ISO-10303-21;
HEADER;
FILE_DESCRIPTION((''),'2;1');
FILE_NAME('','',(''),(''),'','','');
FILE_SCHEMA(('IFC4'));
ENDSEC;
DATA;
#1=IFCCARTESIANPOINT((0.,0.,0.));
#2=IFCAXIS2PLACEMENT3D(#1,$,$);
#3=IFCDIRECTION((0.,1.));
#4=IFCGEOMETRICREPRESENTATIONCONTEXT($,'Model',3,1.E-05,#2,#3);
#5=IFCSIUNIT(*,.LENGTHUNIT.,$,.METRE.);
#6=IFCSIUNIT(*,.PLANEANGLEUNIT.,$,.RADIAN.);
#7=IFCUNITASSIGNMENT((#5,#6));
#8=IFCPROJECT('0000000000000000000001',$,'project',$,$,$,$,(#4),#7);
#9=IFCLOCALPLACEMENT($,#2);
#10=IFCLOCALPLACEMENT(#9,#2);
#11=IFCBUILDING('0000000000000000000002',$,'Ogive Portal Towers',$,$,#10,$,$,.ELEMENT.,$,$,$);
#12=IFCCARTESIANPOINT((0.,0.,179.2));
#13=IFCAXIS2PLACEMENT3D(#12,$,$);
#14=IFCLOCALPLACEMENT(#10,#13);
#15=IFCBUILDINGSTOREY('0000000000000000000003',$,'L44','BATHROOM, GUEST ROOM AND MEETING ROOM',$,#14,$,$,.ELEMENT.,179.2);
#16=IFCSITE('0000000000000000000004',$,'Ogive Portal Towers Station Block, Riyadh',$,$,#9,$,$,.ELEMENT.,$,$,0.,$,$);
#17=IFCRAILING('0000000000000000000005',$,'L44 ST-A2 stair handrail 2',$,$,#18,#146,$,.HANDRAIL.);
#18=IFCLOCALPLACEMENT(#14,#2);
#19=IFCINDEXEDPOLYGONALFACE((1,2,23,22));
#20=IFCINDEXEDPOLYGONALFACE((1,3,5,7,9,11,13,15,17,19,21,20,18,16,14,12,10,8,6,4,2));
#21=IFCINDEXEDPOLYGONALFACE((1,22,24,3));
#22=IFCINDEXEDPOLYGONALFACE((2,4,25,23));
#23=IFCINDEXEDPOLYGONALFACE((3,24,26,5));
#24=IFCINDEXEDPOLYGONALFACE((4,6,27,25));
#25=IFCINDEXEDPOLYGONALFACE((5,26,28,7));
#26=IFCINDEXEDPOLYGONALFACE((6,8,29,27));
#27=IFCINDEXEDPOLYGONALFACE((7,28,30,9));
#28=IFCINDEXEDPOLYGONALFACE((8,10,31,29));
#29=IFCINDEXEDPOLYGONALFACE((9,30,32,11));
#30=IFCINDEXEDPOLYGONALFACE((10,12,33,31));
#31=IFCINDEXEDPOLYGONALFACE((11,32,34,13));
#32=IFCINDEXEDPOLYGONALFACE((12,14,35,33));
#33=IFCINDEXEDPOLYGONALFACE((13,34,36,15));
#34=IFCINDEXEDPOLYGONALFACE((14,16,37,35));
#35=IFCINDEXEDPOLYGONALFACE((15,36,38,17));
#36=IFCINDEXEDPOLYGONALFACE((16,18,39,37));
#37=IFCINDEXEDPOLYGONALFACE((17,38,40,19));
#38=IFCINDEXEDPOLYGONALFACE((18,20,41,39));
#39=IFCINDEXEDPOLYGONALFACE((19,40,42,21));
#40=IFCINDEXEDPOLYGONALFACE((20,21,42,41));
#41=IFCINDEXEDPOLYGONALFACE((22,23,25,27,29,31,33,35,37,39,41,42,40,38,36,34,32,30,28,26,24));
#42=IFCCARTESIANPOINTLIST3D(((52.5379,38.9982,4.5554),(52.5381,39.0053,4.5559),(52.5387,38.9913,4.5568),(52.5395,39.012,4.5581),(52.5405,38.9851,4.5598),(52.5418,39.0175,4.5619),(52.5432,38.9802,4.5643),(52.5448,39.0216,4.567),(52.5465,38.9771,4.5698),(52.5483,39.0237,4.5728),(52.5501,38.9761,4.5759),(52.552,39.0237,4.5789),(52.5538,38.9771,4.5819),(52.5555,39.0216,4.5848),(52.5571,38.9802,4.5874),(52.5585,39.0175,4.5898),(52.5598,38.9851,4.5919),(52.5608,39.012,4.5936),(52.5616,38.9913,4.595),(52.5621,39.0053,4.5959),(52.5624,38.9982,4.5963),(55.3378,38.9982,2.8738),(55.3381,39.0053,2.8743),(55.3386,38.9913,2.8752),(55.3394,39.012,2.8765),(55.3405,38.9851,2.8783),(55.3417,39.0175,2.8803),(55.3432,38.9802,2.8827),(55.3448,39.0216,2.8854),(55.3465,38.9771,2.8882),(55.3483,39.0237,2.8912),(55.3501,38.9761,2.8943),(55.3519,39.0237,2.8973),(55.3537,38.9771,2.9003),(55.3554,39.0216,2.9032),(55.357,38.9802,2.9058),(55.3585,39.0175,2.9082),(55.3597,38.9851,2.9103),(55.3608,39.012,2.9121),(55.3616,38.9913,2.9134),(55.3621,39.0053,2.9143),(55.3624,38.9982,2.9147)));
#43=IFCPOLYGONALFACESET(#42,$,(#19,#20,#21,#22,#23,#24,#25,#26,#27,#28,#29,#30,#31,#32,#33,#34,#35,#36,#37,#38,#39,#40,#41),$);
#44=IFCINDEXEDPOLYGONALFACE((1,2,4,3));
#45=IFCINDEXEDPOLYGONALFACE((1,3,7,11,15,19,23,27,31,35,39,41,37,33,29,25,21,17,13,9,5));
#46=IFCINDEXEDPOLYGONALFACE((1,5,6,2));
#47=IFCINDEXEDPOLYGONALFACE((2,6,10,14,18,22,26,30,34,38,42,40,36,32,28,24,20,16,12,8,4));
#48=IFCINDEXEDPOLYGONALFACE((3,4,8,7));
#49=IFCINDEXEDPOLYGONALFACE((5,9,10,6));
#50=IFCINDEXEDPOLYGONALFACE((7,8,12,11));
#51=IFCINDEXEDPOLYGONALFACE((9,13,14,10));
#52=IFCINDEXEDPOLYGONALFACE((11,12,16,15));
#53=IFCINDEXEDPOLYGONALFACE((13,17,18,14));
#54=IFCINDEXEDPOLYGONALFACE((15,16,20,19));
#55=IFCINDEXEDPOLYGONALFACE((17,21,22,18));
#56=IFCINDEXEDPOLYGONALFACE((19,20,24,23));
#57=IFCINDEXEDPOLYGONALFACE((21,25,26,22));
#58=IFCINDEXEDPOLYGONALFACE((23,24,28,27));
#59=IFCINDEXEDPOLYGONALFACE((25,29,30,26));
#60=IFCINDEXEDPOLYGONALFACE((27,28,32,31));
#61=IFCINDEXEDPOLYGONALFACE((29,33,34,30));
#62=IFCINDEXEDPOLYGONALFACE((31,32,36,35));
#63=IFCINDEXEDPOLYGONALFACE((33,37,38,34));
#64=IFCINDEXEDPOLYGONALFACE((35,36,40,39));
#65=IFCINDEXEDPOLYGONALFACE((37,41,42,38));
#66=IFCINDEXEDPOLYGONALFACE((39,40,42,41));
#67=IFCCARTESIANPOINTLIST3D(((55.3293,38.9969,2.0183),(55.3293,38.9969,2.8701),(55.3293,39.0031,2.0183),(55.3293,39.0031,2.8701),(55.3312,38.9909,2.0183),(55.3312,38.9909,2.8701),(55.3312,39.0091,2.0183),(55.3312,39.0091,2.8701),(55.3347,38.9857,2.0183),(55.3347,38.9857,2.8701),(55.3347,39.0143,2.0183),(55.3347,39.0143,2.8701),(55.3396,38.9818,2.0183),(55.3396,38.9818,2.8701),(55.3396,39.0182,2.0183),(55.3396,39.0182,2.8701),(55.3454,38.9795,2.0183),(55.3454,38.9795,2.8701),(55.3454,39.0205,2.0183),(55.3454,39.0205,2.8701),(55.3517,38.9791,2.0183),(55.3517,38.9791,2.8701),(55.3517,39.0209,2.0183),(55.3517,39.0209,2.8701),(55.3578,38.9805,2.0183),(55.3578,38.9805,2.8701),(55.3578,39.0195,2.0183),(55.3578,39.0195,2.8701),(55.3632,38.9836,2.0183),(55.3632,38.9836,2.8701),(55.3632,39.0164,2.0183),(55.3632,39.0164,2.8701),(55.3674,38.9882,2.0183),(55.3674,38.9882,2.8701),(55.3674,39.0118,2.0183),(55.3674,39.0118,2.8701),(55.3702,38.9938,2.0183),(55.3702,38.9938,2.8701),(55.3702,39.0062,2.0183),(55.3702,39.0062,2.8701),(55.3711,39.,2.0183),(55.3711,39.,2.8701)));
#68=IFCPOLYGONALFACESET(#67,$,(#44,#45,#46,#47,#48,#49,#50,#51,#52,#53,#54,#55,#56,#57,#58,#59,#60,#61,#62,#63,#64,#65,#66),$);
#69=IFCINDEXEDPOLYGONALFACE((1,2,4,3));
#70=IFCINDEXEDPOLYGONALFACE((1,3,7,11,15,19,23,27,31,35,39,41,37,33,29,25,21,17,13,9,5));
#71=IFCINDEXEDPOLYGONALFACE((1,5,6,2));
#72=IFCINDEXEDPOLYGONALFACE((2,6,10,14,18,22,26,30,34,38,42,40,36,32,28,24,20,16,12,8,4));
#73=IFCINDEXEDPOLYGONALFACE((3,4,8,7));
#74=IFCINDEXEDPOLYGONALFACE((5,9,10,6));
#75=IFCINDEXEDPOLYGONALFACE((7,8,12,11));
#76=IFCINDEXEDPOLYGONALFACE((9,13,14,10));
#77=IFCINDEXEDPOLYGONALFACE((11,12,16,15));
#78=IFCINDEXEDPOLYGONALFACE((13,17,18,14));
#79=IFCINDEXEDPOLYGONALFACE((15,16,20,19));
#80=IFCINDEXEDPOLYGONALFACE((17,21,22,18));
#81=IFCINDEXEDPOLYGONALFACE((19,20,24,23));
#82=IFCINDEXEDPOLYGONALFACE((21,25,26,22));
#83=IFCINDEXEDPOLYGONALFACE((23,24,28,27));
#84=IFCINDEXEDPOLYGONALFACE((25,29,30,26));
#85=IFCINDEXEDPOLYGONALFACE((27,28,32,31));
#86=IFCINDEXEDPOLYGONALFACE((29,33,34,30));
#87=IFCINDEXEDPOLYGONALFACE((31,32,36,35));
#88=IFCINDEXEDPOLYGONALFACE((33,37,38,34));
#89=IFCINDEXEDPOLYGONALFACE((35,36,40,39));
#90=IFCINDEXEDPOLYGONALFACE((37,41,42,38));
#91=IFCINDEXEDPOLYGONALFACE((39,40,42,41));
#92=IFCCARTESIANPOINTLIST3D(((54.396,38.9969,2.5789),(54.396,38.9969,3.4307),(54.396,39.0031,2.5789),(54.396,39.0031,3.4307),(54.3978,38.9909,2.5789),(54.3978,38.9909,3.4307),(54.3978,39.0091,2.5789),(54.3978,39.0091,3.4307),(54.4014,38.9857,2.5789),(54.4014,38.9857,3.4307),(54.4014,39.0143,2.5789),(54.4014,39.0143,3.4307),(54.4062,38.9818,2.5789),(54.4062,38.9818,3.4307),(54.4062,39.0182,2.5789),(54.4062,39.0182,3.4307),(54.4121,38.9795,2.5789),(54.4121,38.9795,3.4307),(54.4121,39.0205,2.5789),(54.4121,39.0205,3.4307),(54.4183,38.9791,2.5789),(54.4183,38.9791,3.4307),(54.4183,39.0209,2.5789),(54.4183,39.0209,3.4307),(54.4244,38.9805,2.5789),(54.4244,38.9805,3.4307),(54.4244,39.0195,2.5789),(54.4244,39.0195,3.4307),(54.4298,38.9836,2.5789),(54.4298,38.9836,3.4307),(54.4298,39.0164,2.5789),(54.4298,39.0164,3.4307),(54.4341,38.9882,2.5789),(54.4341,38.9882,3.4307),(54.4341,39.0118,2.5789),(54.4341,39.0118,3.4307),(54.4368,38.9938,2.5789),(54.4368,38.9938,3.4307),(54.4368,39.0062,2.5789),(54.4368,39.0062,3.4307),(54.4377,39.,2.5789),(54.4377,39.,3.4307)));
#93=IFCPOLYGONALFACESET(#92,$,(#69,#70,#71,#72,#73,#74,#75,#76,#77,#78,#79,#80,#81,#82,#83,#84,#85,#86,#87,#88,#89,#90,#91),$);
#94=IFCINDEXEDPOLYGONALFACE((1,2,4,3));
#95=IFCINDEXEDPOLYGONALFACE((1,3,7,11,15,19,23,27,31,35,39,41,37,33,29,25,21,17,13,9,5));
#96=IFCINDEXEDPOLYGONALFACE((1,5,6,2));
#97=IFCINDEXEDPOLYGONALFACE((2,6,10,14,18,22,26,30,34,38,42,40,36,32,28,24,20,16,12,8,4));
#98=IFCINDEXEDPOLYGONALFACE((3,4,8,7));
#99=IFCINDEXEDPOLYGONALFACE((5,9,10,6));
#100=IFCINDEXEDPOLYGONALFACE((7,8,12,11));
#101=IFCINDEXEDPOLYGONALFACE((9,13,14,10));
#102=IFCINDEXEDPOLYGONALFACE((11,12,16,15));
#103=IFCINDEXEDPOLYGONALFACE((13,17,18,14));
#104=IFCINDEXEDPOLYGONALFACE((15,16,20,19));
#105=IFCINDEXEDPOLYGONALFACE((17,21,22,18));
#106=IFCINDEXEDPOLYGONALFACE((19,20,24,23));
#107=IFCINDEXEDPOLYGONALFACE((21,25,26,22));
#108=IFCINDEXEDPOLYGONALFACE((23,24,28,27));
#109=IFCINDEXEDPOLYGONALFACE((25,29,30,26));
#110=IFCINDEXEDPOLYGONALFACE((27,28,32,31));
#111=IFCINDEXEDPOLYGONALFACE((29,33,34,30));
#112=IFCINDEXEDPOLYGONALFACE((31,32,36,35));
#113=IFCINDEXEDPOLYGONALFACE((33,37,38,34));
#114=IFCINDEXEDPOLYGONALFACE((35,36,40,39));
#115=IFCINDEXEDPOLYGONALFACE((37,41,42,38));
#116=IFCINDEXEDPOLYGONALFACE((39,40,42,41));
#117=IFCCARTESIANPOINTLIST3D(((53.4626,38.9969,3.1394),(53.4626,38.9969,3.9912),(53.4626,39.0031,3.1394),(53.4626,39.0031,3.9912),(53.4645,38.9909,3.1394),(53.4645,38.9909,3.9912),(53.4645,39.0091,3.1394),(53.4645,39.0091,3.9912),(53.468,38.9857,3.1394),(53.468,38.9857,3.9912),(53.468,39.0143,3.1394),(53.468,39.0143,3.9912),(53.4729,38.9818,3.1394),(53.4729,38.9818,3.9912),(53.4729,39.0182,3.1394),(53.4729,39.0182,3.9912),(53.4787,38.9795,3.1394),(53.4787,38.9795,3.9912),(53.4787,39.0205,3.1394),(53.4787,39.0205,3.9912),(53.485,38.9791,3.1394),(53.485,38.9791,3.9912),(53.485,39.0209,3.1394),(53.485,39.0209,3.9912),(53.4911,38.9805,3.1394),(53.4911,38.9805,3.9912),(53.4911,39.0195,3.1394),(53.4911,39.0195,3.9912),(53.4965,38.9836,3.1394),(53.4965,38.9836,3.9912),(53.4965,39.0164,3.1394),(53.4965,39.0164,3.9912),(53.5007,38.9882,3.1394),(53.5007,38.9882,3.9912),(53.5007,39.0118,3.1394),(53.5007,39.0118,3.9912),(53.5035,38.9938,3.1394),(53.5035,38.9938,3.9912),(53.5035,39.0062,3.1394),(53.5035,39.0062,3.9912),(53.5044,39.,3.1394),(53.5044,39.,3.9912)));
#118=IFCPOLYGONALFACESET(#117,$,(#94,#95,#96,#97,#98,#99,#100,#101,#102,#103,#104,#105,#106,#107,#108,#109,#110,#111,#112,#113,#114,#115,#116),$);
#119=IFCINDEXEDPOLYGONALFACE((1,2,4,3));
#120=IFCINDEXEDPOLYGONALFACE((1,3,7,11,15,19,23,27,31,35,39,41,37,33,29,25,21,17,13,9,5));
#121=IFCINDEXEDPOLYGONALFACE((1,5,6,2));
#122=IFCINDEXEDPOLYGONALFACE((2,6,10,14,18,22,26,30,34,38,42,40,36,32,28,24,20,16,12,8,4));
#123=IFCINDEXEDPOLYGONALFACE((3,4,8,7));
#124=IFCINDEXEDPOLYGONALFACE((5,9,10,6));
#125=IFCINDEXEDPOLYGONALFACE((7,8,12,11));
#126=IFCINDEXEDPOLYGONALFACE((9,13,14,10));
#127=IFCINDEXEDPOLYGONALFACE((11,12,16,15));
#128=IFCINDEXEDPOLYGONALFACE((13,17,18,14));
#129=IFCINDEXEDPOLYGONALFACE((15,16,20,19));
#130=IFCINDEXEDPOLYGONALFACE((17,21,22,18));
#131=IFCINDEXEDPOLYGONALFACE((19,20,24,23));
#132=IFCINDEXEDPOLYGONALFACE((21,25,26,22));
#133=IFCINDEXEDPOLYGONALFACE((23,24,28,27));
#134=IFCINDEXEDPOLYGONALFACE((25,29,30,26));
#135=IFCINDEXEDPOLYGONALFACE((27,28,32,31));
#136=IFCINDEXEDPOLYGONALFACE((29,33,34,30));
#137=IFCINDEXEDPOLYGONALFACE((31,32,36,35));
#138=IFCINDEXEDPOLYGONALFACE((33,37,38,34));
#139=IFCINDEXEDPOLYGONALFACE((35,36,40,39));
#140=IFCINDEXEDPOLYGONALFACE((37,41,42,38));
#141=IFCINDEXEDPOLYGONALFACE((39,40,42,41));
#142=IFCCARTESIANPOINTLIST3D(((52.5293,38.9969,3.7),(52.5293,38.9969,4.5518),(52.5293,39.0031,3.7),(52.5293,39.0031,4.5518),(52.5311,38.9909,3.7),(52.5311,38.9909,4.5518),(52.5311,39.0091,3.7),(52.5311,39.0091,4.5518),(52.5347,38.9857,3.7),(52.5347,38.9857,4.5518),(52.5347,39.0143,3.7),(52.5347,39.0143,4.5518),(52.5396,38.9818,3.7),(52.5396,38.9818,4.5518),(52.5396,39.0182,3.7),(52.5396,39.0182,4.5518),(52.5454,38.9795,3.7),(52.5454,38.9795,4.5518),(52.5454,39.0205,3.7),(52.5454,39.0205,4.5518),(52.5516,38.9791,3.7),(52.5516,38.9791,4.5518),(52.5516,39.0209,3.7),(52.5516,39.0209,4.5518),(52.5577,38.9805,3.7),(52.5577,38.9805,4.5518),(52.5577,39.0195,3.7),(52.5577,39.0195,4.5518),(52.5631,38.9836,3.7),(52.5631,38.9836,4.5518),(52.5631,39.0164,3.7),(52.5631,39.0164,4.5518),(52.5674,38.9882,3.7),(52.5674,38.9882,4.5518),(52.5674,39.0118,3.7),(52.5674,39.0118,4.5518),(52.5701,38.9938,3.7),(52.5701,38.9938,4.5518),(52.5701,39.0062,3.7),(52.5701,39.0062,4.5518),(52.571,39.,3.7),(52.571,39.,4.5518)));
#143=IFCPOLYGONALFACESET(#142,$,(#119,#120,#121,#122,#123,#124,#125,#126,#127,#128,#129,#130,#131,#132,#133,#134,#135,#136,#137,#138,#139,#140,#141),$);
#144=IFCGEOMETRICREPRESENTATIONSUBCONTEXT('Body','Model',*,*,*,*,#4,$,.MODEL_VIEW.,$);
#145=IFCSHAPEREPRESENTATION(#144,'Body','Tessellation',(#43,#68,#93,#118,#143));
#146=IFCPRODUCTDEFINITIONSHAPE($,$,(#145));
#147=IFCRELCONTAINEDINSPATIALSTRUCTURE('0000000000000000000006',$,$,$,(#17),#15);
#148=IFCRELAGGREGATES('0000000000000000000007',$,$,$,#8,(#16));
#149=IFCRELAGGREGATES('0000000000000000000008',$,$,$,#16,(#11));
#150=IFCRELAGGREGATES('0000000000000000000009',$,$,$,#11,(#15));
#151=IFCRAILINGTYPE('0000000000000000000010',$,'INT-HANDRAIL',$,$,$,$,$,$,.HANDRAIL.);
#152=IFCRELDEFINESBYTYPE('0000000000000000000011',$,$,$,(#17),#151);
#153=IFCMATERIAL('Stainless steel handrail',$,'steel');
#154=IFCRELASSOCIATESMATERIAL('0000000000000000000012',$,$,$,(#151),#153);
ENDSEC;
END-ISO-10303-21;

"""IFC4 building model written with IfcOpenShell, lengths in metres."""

from ifc_helpers import new_model, si_unit, direction, frame, origin, origin_2d, place, context, subcontext, project, spatial, circle, extrude, material, type_object, element, save


model = new_model("IFC4")

# Units and contexts
model_context = context("Model", 3, precision=1e-05, world=origin(), true_north=direction((0.0, 1.0)))
body_context = subcontext(model_context, "Body", "Model", "MODEL_VIEW")
ifc_project = project(units=[si_unit("LENGTHUNIT", "METRE"), si_unit("PLANEANGLEUNIT", "RADIAN")], contexts=[model_context])

# Site, building, storey
site_placement = place(None, origin())
site = spatial("IfcSite", under=ifc_project, at=site_placement, Name="Ogive Portal Towers Station Block, Riyadh", CompositionType="ELEMENT", RefElevation=0.0)
building_placement = place(site_placement, origin())
building = spatial("IfcBuilding", under=site, at=building_placement, Name="Ogive Portal Towers", CompositionType="ELEMENT")
storey_placement = place(building_placement, frame((0.0, 0.0, 179.2)))
storey = spatial("IfcBuildingStorey", under=building, at=storey_placement, Name="L44", Description="BATHROOM, GUEST ROOM AND MEETING ROOM", CompositionType="ELEMENT", Elevation=179.2)

# Railing
ifc_material_1 = material(Name="Stainless steel handrail", Category="steel")
railing_type_1 = type_object("IfcRailingType", Name="INT-HANDRAIL", PredefinedType="HANDRAIL", material=ifc_material_1)
railing_1_placement = place(storey_placement, frame((55.3501, 39.0, 2.0183)))
element("IfcRailing", 1, at=railing_1_placement, inside=storey, type_object=railing_type_1, Name="L44 ST-A2 stair handrail 2", PredefinedType="HANDRAIL", context=body_context, shape_type="SweptSolid", body=[
    extrude(circle(Radius=0.0239, at=origin_2d()), frame((0.0, 0.0, 0.876), z_axis=(-0.857275, 0.0, 0.514858), x_axis=(0.0, -1.0, 0.0)), (0.0, 0.0, 1.0), 3.2661),
    extrude(circle(Radius=0.021, at=origin_2d()), origin(), (0.0, 0.0, 1.0), 0.8518),
    extrude(circle(Radius=0.021, at=origin_2d()), frame((-0.9333, 0.0, 0.5605)), (0.0, 0.0, 1.0), 0.8518),
    extrude(circle(Radius=0.021, at=origin_2d()), frame((-1.8667, 0.0, 1.1211)), (0.0, 0.0, 1.0), 0.8518),
    extrude(circle(Radius=0.021, at=origin_2d()), frame((-2.8, 0.0, 1.6816)), (0.0, 0.0, 1.0), 0.8518),
])

save(model, "model.ifc")
